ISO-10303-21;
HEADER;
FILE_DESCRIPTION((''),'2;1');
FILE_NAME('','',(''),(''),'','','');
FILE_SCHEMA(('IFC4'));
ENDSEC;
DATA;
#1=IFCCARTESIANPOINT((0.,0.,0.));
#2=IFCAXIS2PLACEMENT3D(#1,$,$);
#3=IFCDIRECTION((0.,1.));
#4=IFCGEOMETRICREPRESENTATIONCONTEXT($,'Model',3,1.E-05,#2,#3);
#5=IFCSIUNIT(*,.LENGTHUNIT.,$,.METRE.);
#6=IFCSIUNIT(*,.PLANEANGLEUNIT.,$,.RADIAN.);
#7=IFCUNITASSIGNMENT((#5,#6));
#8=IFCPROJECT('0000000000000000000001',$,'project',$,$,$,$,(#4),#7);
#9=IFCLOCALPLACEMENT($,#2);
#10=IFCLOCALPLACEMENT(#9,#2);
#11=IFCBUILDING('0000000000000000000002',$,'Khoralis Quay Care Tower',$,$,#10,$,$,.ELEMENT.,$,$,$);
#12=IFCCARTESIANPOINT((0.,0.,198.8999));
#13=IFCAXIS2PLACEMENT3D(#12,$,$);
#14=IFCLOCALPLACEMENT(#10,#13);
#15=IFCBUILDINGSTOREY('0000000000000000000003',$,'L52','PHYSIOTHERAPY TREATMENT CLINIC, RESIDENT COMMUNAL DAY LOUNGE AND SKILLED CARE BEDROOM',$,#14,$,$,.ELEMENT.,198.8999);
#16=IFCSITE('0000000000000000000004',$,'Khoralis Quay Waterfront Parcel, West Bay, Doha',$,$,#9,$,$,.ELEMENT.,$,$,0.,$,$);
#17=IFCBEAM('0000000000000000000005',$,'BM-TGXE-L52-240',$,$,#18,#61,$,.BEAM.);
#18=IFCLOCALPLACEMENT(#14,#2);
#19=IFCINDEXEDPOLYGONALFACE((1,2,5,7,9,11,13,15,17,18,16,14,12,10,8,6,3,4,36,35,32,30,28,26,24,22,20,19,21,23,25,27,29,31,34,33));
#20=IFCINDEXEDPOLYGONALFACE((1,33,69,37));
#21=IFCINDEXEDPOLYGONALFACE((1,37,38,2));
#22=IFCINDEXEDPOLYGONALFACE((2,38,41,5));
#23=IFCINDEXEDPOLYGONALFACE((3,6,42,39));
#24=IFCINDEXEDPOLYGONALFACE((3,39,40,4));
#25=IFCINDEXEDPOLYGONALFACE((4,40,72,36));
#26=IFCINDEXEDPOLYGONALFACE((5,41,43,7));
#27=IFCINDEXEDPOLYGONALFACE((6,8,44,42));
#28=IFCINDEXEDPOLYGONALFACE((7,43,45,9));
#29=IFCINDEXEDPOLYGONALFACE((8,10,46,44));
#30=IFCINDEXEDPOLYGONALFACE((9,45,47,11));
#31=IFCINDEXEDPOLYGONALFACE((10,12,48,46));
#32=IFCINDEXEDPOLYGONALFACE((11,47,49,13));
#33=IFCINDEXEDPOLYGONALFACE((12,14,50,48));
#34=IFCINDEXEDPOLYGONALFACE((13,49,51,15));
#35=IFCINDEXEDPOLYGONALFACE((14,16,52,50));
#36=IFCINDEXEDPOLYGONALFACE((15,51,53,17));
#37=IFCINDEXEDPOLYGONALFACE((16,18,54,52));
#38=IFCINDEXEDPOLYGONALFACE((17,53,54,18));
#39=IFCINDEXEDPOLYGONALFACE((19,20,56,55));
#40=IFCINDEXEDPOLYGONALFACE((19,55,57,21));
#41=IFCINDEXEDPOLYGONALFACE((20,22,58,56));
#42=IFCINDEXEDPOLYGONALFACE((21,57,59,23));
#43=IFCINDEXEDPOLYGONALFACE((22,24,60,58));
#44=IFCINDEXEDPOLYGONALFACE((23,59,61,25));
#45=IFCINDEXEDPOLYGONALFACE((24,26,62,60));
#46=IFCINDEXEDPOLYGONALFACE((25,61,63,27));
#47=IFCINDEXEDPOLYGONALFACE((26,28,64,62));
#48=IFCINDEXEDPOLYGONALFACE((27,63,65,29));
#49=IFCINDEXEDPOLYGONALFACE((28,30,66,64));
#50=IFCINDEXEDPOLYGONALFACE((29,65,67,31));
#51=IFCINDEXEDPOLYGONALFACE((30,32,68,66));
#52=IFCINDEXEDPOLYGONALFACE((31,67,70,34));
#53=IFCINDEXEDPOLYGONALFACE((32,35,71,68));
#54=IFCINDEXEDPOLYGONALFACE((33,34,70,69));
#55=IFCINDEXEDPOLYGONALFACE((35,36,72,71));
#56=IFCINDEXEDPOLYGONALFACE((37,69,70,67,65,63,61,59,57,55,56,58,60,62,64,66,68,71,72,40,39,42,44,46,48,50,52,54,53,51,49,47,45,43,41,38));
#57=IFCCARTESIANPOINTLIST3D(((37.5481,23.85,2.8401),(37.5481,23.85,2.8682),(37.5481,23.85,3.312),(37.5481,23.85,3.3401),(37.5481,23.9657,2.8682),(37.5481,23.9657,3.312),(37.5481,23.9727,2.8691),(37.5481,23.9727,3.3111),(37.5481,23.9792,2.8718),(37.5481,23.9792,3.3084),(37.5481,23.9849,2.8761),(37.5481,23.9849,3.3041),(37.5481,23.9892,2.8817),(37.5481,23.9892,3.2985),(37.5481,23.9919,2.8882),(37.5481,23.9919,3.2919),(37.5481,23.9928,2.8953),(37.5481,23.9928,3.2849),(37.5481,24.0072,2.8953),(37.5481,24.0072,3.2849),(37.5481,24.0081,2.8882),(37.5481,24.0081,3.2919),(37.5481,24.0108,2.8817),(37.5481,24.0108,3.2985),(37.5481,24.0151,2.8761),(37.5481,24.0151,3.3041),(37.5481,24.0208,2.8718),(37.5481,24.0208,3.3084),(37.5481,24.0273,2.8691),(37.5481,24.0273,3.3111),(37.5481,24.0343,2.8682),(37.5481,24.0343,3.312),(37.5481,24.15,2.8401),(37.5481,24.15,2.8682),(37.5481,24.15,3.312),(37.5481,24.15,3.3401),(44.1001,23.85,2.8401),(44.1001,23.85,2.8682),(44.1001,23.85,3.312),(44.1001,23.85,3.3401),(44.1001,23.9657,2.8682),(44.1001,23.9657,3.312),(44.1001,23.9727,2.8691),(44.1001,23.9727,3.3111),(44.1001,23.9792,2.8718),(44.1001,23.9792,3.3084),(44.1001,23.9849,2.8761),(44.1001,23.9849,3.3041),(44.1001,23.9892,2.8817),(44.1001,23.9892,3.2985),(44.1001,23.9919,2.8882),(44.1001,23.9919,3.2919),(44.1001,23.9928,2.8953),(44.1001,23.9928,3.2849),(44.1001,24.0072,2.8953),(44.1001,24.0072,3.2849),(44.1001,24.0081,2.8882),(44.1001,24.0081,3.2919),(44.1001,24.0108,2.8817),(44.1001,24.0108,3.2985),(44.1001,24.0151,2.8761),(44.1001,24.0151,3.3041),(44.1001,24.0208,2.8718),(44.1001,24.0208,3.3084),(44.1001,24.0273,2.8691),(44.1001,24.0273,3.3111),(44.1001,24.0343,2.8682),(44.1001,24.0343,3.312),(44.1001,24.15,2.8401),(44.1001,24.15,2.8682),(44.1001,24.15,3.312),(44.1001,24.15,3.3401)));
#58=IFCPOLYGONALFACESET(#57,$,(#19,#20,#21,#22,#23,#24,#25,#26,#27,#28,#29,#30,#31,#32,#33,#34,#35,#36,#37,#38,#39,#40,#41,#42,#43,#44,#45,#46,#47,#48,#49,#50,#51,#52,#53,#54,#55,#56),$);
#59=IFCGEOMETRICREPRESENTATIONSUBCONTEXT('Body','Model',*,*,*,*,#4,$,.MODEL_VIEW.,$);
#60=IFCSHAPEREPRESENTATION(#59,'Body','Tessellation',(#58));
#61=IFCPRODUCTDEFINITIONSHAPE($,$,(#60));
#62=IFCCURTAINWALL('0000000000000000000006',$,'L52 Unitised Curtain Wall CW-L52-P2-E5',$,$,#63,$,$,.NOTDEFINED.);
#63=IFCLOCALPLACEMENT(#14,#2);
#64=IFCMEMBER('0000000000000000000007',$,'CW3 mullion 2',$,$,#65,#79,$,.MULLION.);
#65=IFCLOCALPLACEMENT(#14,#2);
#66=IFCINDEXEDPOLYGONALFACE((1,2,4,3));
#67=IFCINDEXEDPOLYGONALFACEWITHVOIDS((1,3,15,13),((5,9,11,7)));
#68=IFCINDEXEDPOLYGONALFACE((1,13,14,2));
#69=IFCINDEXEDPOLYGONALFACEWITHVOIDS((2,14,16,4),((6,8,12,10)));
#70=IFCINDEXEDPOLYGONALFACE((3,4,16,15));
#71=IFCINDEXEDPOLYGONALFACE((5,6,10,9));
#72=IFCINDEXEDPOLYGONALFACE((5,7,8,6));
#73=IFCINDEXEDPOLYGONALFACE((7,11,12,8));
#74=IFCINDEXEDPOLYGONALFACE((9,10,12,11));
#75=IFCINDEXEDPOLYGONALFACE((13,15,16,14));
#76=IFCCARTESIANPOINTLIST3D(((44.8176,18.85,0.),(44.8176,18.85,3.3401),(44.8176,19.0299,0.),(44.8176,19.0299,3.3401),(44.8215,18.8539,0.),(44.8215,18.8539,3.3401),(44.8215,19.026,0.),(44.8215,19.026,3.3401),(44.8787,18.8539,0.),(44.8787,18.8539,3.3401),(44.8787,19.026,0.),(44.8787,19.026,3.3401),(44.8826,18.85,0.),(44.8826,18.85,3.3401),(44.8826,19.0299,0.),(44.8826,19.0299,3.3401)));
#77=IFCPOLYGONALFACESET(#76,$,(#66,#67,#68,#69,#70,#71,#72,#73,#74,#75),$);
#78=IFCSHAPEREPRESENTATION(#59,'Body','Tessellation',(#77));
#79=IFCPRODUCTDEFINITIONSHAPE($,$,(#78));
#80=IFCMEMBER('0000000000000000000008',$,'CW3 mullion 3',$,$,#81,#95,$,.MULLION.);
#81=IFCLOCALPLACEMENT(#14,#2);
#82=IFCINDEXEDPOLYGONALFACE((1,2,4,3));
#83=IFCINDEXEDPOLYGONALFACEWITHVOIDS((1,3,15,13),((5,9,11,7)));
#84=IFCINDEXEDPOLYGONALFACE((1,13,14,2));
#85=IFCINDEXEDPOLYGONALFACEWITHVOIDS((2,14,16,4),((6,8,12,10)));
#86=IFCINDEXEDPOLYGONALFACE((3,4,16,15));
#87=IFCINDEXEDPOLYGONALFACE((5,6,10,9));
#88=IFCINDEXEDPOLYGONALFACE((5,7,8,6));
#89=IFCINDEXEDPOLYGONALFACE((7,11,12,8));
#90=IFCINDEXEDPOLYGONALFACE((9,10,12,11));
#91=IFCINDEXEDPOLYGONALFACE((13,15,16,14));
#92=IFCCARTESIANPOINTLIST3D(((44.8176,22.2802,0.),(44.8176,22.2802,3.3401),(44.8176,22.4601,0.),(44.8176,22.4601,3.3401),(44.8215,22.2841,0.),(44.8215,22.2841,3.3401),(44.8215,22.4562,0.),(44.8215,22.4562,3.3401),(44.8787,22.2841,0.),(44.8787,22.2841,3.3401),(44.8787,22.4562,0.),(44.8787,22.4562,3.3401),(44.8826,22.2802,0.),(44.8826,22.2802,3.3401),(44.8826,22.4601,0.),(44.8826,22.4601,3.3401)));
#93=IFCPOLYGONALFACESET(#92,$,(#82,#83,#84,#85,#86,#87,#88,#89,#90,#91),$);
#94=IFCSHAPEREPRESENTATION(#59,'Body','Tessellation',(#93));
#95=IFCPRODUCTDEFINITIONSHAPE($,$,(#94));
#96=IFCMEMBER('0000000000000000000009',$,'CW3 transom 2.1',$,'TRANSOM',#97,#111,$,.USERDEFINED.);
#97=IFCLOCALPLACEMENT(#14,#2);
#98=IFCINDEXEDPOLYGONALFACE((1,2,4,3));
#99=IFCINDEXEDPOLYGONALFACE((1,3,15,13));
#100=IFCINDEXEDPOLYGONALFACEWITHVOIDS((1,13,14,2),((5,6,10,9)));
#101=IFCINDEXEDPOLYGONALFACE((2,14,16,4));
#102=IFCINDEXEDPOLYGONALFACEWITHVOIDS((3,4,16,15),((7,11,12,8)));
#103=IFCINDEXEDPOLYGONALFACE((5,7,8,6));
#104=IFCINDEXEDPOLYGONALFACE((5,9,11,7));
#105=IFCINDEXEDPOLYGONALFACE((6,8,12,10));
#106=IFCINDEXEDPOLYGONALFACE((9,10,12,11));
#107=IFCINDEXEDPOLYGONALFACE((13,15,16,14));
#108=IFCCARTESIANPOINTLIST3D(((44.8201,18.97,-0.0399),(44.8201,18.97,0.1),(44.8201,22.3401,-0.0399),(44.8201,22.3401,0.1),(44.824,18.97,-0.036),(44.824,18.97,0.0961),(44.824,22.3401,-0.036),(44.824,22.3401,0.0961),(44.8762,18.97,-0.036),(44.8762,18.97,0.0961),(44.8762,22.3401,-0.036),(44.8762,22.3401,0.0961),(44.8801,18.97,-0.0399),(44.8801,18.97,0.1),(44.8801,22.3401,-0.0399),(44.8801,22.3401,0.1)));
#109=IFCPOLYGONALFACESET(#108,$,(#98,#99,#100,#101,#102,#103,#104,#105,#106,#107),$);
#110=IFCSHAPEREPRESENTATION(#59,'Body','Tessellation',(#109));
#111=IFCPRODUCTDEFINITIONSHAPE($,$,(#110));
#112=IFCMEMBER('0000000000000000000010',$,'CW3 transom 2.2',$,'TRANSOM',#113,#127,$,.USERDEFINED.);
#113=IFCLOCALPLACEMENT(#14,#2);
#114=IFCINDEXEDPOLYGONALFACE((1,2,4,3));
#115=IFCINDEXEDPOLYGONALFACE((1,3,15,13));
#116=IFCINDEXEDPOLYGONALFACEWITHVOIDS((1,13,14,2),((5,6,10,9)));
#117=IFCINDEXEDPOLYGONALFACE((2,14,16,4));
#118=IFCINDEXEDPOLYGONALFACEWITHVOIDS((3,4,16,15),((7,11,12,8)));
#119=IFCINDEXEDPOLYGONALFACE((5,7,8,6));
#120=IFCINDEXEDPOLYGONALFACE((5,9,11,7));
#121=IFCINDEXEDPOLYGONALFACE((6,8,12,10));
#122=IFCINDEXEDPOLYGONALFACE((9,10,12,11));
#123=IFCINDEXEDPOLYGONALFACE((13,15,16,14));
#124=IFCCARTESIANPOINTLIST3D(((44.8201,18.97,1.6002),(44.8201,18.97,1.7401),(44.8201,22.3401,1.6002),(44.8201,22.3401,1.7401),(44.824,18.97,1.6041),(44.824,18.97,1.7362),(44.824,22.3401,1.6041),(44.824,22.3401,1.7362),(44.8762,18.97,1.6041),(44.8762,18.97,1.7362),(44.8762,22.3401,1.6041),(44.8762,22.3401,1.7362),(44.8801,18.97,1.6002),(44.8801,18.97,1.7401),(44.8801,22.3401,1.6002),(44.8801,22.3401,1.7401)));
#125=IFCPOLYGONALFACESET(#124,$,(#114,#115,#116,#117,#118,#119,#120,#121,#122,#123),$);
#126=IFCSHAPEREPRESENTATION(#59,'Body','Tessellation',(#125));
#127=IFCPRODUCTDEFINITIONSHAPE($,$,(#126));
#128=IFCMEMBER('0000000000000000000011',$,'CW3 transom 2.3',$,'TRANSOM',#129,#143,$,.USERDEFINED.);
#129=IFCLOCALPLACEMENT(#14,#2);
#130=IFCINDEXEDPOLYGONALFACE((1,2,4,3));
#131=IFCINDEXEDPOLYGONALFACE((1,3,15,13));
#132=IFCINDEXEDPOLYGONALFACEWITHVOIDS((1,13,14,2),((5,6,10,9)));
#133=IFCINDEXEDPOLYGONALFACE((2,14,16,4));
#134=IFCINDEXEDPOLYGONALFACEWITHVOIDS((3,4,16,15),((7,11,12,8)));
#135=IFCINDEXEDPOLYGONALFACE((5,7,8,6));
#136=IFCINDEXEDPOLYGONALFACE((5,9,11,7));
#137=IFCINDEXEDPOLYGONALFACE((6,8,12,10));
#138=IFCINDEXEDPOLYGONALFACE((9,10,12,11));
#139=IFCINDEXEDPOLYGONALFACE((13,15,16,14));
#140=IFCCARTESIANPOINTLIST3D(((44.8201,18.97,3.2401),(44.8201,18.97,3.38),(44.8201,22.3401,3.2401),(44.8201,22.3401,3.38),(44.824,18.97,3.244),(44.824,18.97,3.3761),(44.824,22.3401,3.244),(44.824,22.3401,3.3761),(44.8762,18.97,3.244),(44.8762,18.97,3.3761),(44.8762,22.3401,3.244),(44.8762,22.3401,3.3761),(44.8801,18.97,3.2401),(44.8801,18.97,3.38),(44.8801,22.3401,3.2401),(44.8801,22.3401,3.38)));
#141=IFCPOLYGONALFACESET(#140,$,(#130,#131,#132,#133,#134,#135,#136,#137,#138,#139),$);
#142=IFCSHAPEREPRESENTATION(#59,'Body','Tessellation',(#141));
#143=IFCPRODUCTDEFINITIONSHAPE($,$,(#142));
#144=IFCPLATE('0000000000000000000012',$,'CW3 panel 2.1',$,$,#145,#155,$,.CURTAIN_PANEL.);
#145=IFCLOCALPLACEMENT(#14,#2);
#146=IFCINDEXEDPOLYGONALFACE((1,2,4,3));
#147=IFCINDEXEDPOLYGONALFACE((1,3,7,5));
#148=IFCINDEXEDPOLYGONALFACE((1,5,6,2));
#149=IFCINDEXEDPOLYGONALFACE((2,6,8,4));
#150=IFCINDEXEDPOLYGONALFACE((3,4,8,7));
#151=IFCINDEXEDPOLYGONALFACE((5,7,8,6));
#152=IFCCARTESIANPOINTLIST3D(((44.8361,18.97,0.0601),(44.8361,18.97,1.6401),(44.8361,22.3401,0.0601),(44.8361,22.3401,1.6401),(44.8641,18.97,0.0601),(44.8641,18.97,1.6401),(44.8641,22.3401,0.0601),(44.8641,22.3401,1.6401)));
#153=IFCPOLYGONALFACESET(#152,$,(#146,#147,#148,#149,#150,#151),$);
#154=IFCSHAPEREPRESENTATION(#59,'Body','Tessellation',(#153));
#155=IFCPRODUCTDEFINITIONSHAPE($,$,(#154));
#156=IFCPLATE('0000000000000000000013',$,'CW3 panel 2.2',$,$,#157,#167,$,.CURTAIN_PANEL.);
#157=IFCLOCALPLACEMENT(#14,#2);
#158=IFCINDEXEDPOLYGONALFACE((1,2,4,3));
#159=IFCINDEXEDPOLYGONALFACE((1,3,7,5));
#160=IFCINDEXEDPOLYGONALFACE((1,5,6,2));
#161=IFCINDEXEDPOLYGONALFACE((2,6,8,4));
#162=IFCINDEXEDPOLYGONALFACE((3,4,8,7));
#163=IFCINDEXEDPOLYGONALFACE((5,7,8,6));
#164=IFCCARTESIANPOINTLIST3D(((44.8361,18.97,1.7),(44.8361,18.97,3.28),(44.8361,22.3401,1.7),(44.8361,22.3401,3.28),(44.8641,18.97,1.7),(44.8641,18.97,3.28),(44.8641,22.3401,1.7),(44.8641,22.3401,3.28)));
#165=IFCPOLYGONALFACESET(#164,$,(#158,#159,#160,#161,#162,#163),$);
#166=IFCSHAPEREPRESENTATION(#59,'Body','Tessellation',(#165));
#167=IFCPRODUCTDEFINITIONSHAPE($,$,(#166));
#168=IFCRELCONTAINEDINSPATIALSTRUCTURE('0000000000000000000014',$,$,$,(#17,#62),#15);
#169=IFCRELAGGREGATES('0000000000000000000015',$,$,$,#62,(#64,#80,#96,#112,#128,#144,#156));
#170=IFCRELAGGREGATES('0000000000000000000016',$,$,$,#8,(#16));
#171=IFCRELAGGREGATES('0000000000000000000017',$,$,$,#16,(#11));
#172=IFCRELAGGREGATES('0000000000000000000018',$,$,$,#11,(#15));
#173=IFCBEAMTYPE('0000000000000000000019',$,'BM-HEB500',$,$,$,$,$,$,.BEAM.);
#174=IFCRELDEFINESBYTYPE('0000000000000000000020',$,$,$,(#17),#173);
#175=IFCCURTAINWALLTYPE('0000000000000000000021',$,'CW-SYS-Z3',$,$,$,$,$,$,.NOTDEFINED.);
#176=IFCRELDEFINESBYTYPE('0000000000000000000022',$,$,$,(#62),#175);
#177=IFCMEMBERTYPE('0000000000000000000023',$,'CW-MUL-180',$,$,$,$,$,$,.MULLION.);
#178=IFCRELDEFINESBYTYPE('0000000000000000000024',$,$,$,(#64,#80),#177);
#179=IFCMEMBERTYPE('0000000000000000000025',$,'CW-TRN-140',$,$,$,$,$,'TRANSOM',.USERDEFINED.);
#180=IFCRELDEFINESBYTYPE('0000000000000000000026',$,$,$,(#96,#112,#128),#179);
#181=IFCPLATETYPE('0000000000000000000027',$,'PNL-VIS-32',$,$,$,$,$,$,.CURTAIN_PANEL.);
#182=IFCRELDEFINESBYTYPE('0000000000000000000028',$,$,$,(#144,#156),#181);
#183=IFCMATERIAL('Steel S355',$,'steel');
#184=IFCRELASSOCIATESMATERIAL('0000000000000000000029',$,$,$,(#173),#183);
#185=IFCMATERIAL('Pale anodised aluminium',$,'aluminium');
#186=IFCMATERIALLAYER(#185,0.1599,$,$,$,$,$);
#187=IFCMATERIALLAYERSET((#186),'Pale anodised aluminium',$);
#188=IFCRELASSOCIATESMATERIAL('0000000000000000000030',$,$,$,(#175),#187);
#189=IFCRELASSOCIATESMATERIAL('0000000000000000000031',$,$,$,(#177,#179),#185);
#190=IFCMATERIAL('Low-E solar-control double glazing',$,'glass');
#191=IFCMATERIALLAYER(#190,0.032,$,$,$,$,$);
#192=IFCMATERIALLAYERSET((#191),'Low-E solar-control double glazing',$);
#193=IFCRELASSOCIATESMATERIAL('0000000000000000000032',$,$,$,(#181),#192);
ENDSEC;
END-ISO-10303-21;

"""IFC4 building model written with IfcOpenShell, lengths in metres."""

from ifc_helpers import new_model, si_unit, direction, frame, origin, origin_2d, place, context, subcontext, project, spatial, rectangle, hollow_rectangle, i_section, extrude, source, transform, mapped, material, layer, layer_set, material_profile, profile_set, type_object, element, aggregate, save


model = new_model("IFC4")

# Units and contexts
model_context = context("Model", 3, precision=1e-05, world=origin(), true_north=direction((0.0, 1.0)))
body_context = subcontext(model_context, "Body", "Model", "MODEL_VIEW")
ifc_project = project(units=[si_unit("LENGTHUNIT", "METRE"), si_unit("PLANEANGLEUNIT", "RADIAN")], contexts=[model_context])

# Site, building, storey
site_placement = place(None, origin())
site = spatial("IfcSite", under=ifc_project, at=site_placement, Name="Khoralis Quay Waterfront Parcel, West Bay, Doha", CompositionType="ELEMENT", RefElevation=0.0)
building_placement = place(site_placement, origin())
building = spatial("IfcBuilding", under=site, at=building_placement, Name="Khoralis Quay Care Tower", CompositionType="ELEMENT")
storey_placement = place(building_placement, frame((0.0, 0.0, 198.8999)))
storey = spatial("IfcBuildingStorey", under=building, at=storey_placement, Name="L52", Description="PHYSIOTHERAPY TREATMENT CLINIC, RESIDENT COMMUNAL DAY LOUNGE AND SKILLED CARE BEDROOM", CompositionType="ELEMENT", Elevation=198.8999)

# Beam
ifc_material_1 = material(Name="Steel S355", Category="steel")
ifc_material_profile_1 = material_profile(ifc_material_1, i_section(OverallWidth=0.3, OverallDepth=0.5, WebThickness=0.0144, FlangeThickness=0.0281, FilletRadius=0.0271, at=origin_2d()), Name="Steel S355")
ifc_profile_set_1 = profile_set([ifc_material_profile_1], Name="Steel S355")
beam_type = type_object("IfcBeamType", Name="BM-HEB500", PredefinedType="BEAM", material=ifc_profile_set_1)
shared_shape_1 = source(origin(), body_context, "Body", "SweptSolid", [
    extrude(i_section(OverallWidth=0.3, OverallDepth=0.5, WebThickness=0.0144, FlangeThickness=0.0281, FilletRadius=0.0271, at=origin_2d()), origin(), (0.0, 0.0, 1.0), 6.552),
])
beam_placement = place(storey_placement, frame((37.5481, 24.0, 3.0901), z_axis=(1.0, 0.0, 0.0), x_axis=(0.0, 1.0, 0.0)))
element("IfcBeam", 1, at=beam_placement, inside=storey, type_object=beam_type, Name="BM-TGXE-L52-240", PredefinedType="BEAM", context=body_context, shape_type="MappedRepresentation", body=[
    mapped(shared_shape_1, transform((0.0, 0.0, 0.0), scale=1.0)),
])

# Curtain wall, members, plates
ifc_material_2 = material(Name="Pale anodised aluminium", Category="aluminium")
ifc_layer_1 = layer(ifc_material_2, 0.1599)
ifc_layer_set_1 = layer_set([ifc_layer_1], Name="Pale anodised aluminium")
curtain_wall_type = type_object("IfcCurtainWallType", Name="CW-SYS-Z3", PredefinedType="NOTDEFINED", material=ifc_layer_set_1)
curtain_wall_placement = place(storey_placement, origin())
curtain_wall = element("IfcCurtainWall", 2, at=curtain_wall_placement, inside=storey, type_object=curtain_wall_type, Name="L52 Unitised Curtain Wall CW-L52-P2-E5", PredefinedType="NOTDEFINED")
ifc_material_profile_2 = material_profile(ifc_material_2, hollow_rectangle(XDim=0.0649, YDim=0.1799, WallThickness=0.0039, at=origin_2d()), Name="Pale anodised aluminium")
ifc_profile_set_2 = profile_set([ifc_material_profile_2], Name="Pale anodised aluminium")
member_type_1 = type_object("IfcMemberType", Name="CW-MUL-180", PredefinedType="MULLION", material=ifc_profile_set_2)
shared_shape_2 = source(origin(), body_context, "Body", "SweptSolid", [
    extrude(hollow_rectangle(XDim=0.0649, YDim=0.1799, WallThickness=0.0039, at=origin_2d()), origin(), (0.0, 0.0, 1.0), 3.3401),
])
member_1_placement = place(storey_placement, frame((44.8501, 18.9399, 0.0), z_axis=(0.0, 0.0, 1.0), x_axis=(-1.0, 0.0, 0.0)))
member_1 = element("IfcMember", 3, at=member_1_placement, type_object=member_type_1, Name="CW3 mullion 2", PredefinedType="MULLION", context=body_context, shape_type="MappedRepresentation", body=[
    mapped(shared_shape_2, transform((0.0, 0.0, 0.0), scale=1.0)),
])
member_2_placement = place(storey_placement, frame((44.8501, 22.3701, 0.0), z_axis=(0.0, 0.0, 1.0), x_axis=(-1.0, 0.0, 0.0)))
member_2 = element("IfcMember", 4, at=member_2_placement, type_object=member_type_1, Name="CW3 mullion 3", PredefinedType="MULLION", context=body_context, shape_type="MappedRepresentation", body=[
    mapped(shared_shape_2, transform((0.0, 0.0, 0.0), scale=1.0)),
])
ifc_material_profile_3 = material_profile(ifc_material_2, hollow_rectangle(XDim=0.0601, YDim=0.1399, WallThickness=0.0039, at=origin_2d()), Name="Pale anodised aluminium")
ifc_profile_set_3 = profile_set([ifc_material_profile_3], Name="Pale anodised aluminium")
member_type_2 = type_object("IfcMemberType", Name="CW-TRN-140", ElementType="TRANSOM", PredefinedType="USERDEFINED", material=ifc_profile_set_3)
shared_shape_3 = source(origin(), body_context, "Body", "SweptSolid", [
    extrude(hollow_rectangle(XDim=0.0601, YDim=0.1399, WallThickness=0.0039, at=origin_2d()), origin(), (0.0, 0.0, 1.0), 3.3701),
])
member_3_placement = place(storey_placement, frame((44.8501, 18.97, 0.03), z_axis=(0.0, 1.0, 0.0), x_axis=(-1.0, 0.0, 0.0)))
member_3 = element("IfcMember", 5, at=member_3_placement, type_object=member_type_2, Name="CW3 transom 2.1", ObjectType="TRANSOM", PredefinedType="USERDEFINED", context=body_context, shape_type="MappedRepresentation", body=[
    mapped(shared_shape_3, transform((0.0, 0.0, 0.0), scale=1.0)),
])
member_4_placement = place(storey_placement, frame((44.8501, 18.97, 1.6702), z_axis=(0.0, 1.0, 0.0), x_axis=(-1.0, 0.0, 0.0)))
member_4 = element("IfcMember", 6, at=member_4_placement, type_object=member_type_2, Name="CW3 transom 2.2", ObjectType="TRANSOM", PredefinedType="USERDEFINED", context=body_context, shape_type="MappedRepresentation", body=[
    mapped(shared_shape_3, transform((0.0, 0.0, 0.0), scale=1.0)),
])
member_5_placement = place(storey_placement, frame((44.8501, 18.97, 3.3101), z_axis=(0.0, 1.0, 0.0), x_axis=(-1.0, 0.0, 0.0)))
member_5 = element("IfcMember", 7, at=member_5_placement, type_object=member_type_2, Name="CW3 transom 2.3", ObjectType="TRANSOM", PredefinedType="USERDEFINED", context=body_context, shape_type="MappedRepresentation", body=[
    mapped(shared_shape_3, transform((0.0, 0.0, 0.0), scale=1.0)),
])
ifc_material_3 = material(Name="Low-E solar-control double glazing", Category="glass")
ifc_layer_2 = layer(ifc_material_3, 0.032)
ifc_layer_set_2 = layer_set([ifc_layer_2], Name="Low-E solar-control double glazing")
plate_type = type_object("IfcPlateType", Name="PNL-VIS-32", PredefinedType="CURTAIN_PANEL", material=ifc_layer_set_2)
shared_shape_4 = source(origin(), body_context, "Body", "SweptSolid", [
    extrude(rectangle(XDim=3.3701, YDim=0.0281, at=origin_2d()), origin(), (0.0, 0.0, 1.0), 1.5801),
])
plate_1_placement = place(storey_placement, frame((44.8501, 20.655, 0.0601), z_axis=(0.0, 0.0, 1.0), x_axis=(0.0, 1.0, 0.0)))
plate_1 = element("IfcPlate", 8, at=plate_1_placement, type_object=plate_type, Name="CW3 panel 2.1", PredefinedType="CURTAIN_PANEL", context=body_context, shape_type="MappedRepresentation", body=[
    mapped(shared_shape_4, transform((0.0, 0.0, 0.0), scale=1.0)),
])
plate_2_placement = place(storey_placement, frame((44.8501, 20.655, 1.7), z_axis=(0.0, 0.0, 1.0), x_axis=(0.0, 1.0, 0.0)))
plate_2 = element("IfcPlate", 9, at=plate_2_placement, type_object=plate_type, Name="CW3 panel 2.2", PredefinedType="CURTAIN_PANEL", context=body_context, shape_type="MappedRepresentation", body=[
    mapped(shared_shape_4, transform((0.0, 0.0, 0.0), scale=1.0)),
])
aggregate(curtain_wall, [member_1, member_2, member_3, member_4, member_5, plate_1, plate_2])

save(model, "model.ifc")
